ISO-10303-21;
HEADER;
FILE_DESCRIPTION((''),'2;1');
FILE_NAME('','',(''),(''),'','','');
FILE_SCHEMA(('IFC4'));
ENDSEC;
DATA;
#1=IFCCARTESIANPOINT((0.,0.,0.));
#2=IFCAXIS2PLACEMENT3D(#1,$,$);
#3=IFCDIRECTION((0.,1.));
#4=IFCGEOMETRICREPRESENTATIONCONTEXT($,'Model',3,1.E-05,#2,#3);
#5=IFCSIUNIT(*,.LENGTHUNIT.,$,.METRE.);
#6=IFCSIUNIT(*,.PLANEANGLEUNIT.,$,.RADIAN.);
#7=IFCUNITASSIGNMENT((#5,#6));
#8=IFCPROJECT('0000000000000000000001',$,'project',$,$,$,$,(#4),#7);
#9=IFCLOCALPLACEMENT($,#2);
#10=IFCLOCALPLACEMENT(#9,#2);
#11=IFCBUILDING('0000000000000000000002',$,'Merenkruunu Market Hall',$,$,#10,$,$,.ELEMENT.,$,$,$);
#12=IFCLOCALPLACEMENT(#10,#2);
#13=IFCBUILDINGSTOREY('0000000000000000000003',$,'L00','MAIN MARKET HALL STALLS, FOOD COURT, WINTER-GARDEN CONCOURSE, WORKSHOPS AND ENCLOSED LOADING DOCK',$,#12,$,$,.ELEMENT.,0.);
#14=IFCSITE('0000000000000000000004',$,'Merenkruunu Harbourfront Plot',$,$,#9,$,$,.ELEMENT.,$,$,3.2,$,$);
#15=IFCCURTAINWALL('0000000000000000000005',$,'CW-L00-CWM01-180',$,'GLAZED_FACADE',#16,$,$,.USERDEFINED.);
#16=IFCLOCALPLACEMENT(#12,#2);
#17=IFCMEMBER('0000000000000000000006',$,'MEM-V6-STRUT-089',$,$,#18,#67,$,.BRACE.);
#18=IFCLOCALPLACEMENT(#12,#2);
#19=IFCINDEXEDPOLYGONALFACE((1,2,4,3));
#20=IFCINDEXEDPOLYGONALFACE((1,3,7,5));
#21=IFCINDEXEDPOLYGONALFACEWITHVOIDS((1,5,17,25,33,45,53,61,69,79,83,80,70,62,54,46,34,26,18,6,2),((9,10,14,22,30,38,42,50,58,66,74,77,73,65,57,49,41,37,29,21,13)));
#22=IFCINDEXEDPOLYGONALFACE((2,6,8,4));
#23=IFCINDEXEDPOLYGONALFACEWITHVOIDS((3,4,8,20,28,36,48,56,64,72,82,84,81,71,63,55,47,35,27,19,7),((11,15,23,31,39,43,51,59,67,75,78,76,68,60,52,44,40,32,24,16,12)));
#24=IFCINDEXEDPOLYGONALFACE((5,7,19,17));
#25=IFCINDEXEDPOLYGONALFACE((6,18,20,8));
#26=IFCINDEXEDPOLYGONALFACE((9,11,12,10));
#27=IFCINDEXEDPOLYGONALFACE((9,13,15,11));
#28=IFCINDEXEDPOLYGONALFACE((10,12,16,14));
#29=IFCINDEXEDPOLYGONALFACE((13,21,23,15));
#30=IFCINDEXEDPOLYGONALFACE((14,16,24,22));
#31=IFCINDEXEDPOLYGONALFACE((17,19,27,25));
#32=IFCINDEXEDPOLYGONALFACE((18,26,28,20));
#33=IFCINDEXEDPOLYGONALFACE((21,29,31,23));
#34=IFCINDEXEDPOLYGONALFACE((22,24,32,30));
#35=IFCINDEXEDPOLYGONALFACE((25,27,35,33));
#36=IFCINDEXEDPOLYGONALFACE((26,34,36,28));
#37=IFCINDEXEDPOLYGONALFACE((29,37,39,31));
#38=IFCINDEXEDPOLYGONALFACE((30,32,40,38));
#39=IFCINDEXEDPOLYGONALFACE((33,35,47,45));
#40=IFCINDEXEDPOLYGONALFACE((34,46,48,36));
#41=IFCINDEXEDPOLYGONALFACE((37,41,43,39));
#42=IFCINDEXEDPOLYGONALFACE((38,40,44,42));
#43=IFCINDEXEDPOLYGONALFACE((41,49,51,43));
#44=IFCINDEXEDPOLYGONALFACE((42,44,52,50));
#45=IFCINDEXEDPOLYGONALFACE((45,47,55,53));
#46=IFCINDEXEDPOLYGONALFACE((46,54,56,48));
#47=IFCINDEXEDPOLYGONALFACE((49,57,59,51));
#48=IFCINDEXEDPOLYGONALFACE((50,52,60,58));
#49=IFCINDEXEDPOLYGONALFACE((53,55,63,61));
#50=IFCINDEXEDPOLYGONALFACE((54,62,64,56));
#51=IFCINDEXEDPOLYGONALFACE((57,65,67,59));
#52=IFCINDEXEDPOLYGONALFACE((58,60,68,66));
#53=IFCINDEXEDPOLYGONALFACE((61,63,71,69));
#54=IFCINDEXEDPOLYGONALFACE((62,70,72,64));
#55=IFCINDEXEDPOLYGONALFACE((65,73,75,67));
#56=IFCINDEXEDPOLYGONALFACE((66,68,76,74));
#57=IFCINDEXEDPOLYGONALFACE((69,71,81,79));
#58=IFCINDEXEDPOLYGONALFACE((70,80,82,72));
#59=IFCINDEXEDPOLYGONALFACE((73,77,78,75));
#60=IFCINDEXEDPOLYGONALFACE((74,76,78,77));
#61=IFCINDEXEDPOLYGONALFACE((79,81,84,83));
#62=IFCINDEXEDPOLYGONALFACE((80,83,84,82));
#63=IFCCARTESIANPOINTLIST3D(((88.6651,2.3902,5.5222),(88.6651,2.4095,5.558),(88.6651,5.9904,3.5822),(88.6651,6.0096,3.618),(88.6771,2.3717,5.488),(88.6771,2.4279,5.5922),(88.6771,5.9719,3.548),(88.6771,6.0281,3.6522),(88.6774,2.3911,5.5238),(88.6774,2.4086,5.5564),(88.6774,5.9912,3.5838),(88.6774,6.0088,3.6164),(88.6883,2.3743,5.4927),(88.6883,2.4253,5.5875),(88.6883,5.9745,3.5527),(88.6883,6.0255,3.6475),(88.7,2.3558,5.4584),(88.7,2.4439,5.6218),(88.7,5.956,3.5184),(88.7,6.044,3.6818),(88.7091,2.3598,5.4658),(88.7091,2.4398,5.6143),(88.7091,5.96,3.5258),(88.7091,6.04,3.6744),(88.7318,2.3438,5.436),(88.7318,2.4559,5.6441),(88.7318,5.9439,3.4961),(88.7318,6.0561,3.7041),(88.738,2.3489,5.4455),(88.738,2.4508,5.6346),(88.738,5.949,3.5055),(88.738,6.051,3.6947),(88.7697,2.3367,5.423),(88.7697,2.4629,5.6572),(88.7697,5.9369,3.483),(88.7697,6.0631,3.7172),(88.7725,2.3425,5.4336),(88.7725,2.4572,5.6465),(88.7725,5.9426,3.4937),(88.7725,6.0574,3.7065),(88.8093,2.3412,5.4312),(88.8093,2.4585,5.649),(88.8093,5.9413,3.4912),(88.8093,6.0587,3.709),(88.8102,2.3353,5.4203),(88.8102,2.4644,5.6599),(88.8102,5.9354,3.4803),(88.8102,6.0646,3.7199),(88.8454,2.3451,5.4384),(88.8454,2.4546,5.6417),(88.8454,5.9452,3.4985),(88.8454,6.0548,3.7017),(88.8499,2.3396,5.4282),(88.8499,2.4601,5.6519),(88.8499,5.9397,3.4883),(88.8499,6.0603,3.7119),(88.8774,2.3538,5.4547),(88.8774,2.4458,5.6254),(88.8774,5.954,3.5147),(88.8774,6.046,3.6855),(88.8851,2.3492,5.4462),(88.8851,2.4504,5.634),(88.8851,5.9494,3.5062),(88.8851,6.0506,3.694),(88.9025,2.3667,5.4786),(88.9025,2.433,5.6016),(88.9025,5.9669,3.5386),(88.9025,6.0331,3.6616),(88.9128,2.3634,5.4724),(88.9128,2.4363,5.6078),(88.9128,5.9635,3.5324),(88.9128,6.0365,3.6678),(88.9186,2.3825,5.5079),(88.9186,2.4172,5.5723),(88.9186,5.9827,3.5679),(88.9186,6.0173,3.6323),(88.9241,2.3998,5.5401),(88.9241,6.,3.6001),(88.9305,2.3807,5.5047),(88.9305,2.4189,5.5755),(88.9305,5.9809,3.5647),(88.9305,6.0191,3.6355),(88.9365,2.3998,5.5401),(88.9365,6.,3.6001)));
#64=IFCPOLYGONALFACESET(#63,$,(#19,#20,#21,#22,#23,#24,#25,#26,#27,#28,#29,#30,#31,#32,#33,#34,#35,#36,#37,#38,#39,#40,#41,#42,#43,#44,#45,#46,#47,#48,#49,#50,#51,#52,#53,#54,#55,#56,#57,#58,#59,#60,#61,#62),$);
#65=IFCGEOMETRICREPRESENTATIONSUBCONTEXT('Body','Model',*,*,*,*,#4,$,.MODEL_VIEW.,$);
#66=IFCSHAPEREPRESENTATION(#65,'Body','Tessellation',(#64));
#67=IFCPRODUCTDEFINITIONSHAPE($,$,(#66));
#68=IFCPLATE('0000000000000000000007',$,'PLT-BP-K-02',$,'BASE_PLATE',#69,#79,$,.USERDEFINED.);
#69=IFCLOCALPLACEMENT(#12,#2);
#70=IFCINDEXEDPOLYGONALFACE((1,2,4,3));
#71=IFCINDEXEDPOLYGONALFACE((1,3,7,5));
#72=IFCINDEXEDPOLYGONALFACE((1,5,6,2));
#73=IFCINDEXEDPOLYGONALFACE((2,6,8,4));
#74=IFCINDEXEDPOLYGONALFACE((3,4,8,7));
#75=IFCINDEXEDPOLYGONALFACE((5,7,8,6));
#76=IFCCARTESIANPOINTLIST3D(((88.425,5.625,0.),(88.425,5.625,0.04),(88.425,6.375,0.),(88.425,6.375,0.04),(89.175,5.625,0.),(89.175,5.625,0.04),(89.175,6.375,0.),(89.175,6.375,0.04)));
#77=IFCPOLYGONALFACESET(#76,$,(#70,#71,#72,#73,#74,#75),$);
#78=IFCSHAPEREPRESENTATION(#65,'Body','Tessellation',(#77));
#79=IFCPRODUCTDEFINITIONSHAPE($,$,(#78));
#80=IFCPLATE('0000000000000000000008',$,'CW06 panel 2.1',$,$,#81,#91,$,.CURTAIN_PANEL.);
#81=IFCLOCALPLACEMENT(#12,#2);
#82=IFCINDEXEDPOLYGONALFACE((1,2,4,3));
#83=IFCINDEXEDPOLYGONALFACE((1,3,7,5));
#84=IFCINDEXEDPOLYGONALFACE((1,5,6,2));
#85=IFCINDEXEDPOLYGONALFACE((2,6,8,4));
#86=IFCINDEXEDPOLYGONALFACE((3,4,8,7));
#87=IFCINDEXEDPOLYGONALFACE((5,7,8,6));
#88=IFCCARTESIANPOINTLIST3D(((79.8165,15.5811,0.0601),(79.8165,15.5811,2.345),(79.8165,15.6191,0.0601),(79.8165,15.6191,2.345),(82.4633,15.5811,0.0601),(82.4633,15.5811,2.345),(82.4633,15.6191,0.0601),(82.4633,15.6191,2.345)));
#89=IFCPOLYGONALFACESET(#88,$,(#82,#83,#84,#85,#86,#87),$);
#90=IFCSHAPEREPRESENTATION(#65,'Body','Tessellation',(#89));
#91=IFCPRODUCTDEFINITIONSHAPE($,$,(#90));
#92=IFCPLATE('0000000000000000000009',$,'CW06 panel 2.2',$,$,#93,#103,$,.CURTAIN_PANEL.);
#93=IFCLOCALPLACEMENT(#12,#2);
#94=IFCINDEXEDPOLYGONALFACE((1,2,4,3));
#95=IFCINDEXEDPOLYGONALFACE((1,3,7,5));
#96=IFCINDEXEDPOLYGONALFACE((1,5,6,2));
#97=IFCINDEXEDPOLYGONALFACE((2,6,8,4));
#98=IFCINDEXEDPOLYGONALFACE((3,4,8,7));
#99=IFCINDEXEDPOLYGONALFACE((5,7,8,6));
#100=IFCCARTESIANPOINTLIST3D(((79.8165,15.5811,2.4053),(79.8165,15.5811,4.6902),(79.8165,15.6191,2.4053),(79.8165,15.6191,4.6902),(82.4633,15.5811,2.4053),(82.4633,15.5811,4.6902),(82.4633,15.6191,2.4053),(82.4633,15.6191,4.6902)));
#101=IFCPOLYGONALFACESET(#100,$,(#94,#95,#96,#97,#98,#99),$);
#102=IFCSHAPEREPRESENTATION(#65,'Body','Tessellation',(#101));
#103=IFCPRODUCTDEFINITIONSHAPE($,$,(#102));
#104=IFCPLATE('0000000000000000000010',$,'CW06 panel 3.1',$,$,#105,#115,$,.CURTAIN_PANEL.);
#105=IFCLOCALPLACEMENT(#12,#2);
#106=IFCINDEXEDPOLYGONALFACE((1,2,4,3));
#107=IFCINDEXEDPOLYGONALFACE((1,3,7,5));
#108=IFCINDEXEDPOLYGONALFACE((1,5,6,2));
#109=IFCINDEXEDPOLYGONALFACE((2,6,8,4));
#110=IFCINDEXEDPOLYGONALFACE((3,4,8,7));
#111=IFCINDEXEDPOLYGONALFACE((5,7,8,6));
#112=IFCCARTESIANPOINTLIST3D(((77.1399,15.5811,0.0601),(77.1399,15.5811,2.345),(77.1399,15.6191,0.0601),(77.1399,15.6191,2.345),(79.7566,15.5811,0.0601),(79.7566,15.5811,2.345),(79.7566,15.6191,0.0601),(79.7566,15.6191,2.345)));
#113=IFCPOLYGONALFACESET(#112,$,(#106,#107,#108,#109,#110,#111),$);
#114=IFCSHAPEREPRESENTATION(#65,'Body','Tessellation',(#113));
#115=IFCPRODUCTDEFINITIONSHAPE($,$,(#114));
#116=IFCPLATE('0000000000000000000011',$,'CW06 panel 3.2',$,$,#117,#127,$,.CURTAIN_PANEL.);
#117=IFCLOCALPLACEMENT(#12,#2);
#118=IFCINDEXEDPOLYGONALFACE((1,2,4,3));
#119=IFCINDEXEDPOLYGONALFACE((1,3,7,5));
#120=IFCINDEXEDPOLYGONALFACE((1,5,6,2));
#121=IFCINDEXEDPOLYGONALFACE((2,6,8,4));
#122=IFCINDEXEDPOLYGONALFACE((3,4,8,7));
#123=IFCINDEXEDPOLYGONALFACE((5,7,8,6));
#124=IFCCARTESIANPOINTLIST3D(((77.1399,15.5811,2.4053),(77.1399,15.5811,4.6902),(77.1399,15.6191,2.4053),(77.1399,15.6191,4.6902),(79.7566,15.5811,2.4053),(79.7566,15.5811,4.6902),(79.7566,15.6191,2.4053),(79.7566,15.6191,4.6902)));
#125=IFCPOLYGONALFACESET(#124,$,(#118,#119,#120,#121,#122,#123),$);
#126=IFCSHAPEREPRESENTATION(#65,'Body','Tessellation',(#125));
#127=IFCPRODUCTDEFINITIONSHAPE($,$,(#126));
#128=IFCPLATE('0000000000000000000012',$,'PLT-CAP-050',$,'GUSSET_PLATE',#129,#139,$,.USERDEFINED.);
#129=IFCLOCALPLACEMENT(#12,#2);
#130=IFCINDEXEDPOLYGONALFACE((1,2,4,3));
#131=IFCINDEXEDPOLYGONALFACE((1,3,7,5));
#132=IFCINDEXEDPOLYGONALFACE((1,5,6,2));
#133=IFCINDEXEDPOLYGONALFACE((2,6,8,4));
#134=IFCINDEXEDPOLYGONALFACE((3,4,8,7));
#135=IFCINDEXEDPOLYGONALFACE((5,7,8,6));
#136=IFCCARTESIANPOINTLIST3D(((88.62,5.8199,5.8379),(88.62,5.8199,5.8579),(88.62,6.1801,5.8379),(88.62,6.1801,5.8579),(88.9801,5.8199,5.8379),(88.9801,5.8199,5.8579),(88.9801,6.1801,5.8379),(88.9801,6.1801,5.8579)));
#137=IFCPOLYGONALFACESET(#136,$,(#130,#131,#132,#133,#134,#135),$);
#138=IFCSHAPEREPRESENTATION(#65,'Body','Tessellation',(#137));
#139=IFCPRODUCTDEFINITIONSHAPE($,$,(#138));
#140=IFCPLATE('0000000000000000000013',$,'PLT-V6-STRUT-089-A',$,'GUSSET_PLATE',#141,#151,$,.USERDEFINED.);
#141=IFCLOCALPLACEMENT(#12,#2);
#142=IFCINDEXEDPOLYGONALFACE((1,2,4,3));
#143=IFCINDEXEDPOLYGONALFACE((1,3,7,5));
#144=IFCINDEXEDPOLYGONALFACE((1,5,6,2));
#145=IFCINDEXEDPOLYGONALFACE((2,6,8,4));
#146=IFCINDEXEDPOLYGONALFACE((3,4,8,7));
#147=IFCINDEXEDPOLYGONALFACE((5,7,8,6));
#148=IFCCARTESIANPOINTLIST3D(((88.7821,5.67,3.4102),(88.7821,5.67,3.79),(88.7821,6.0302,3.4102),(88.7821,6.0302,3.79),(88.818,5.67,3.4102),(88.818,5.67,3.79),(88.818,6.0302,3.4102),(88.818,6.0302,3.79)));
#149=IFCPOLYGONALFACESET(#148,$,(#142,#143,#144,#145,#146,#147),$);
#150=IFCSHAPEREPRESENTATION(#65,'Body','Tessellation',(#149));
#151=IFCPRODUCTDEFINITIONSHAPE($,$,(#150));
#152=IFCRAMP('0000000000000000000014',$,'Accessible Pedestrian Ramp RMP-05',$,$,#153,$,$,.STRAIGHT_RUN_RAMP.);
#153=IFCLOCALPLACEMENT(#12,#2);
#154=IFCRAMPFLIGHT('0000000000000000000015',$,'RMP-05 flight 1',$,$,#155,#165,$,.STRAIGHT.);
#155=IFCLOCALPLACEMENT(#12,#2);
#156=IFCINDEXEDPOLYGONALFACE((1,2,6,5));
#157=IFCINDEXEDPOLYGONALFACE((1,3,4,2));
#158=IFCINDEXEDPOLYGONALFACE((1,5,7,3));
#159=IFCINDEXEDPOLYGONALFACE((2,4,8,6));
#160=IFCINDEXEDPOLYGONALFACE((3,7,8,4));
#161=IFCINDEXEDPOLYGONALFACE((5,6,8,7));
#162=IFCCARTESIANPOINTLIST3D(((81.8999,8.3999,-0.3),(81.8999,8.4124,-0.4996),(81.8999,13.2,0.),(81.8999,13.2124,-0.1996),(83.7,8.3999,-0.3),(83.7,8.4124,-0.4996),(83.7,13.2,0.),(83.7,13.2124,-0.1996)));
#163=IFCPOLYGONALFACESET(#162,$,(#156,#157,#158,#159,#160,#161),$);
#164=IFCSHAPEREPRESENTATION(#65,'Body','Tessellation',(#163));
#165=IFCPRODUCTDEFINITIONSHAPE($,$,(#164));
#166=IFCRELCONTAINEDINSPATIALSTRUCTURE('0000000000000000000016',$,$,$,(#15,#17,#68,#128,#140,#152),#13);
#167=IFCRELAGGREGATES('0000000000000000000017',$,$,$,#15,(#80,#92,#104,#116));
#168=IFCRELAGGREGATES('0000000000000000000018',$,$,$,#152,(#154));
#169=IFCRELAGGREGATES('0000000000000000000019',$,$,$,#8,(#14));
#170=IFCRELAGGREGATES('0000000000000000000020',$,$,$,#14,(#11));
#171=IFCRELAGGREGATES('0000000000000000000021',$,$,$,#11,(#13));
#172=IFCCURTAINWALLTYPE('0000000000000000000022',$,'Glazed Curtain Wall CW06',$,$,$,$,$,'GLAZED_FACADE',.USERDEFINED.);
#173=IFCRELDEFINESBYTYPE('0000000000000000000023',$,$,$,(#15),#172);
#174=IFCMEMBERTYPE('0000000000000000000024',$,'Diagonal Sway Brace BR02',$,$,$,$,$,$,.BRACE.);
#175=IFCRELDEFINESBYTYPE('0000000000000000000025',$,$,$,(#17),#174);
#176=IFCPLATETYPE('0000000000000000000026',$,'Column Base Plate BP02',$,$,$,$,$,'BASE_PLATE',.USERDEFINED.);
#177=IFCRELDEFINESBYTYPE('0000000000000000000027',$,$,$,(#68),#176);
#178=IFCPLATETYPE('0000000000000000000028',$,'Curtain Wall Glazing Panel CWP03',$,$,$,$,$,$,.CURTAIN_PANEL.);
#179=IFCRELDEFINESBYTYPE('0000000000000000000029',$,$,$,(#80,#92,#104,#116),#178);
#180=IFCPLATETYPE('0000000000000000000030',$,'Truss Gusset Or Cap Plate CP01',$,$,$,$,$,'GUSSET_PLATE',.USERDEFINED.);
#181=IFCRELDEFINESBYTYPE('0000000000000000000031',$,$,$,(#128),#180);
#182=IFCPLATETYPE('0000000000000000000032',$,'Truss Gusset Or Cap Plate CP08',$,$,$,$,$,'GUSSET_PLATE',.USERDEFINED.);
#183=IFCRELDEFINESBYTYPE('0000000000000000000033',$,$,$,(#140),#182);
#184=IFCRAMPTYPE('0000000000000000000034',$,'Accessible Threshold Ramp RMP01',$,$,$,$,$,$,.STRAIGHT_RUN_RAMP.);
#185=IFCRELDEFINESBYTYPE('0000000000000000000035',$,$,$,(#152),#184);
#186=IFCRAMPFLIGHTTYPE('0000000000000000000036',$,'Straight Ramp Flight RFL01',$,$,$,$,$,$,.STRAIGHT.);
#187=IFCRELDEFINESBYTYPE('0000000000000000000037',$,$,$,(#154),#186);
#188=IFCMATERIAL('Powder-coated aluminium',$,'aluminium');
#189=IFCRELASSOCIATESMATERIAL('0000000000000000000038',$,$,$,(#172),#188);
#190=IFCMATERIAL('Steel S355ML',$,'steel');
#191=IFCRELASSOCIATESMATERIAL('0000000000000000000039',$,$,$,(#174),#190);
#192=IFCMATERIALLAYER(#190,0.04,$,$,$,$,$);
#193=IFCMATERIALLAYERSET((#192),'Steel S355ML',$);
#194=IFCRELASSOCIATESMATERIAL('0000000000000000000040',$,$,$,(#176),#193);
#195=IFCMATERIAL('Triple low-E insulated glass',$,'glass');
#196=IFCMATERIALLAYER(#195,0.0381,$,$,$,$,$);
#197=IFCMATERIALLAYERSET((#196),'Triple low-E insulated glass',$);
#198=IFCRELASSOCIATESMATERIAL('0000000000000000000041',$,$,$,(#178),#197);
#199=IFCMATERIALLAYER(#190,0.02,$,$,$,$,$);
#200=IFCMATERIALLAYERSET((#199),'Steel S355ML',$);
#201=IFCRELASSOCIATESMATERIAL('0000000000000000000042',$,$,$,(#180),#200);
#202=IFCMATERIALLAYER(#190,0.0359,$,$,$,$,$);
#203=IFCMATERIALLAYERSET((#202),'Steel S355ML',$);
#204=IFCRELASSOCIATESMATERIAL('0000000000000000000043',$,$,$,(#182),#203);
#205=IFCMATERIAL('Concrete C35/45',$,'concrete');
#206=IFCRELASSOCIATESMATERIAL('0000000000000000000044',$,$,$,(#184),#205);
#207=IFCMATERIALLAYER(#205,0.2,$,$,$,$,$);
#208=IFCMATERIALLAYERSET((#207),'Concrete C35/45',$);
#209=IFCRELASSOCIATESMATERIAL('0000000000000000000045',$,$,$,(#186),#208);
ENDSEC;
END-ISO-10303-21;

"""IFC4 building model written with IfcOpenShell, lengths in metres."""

from ifc_helpers import new_model, si_unit, direction, frame, origin, origin_2d, place, context, subcontext, project, spatial, polyline, rectangle, hollow_circle, outline, extrude, material, layer, layer_set, material_profile, profile_set, type_object, element, aggregate, save


model = new_model("IFC4")

# Units and contexts
model_context = context("Model", 3, precision=1e-05, world=origin(), true_north=direction((0.0, 1.0)))
body_context = subcontext(model_context, "Body", "Model", "MODEL_VIEW")
ifc_project = project(units=[si_unit("LENGTHUNIT", "METRE"), si_unit("PLANEANGLEUNIT", "RADIAN")], contexts=[model_context])

# Site, building, storey
site_placement = place(None, origin())
site = spatial("IfcSite", under=ifc_project, at=site_placement, Name="Merenkruunu Harbourfront Plot", CompositionType="ELEMENT", RefElevation=3.2)
building_placement = place(site_placement, origin())
building = spatial("IfcBuilding", under=site, at=building_placement, Name="Merenkruunu Market Hall", CompositionType="ELEMENT")
storey_placement = place(building_placement, origin())
storey = spatial("IfcBuildingStorey", under=building, at=storey_placement, Name="L00", Description="MAIN MARKET HALL STALLS, FOOD COURT, WINTER-GARDEN CONCOURSE, WORKSHOPS AND ENCLOSED LOADING DOCK", CompositionType="ELEMENT", Elevation=0.0)

# Shared definitions
ifc_material_1 = material(Name="Steel S355ML", Category="steel")

# Curtain wall
ifc_material_2 = material(Name="Powder-coated aluminium", Category="aluminium")
curtain_wall_type = type_object("IfcCurtainWallType", Name="Glazed Curtain Wall CW06", ElementType="GLAZED_FACADE", PredefinedType="USERDEFINED", material=ifc_material_2)
curtain_wall_placement = place(storey_placement, origin())
curtain_wall = element("IfcCurtainWall", 1, at=curtain_wall_placement, inside=storey, type_object=curtain_wall_type, Name="CW-L00-CWM01-180", ObjectType="GLAZED_FACADE", PredefinedType="USERDEFINED")

# Member
ifc_material_profile_1 = material_profile(ifc_material_1, hollow_circle(Radius=0.1365, WallThickness=0.0125, at=origin_2d()), Name="CHS 273x12.5")
ifc_profile_set_1 = profile_set([ifc_material_profile_1], Name="Steel S355ML")
member_type_1 = type_object("IfcMemberType", Name="Diagonal Sway Brace BR02", PredefinedType="BRACE", material=ifc_profile_set_1)
member_1_placement = place(storey_placement, frame((88.8, 6.0, 3.6001), z_axis=(0.0, -0.880325, 0.47437), x_axis=(1.0, 0.0, 0.0)))
element("IfcMember", 2, at=member_1_placement, inside=storey, type_object=member_type_1, Name="MEM-V6-STRUT-089", PredefinedType="BRACE", context=body_context, shape_type="SweptSolid", body=[
    extrude(hollow_circle(Radius=0.1365, WallThickness=0.0125, at=origin_2d()), origin(), (0.0, 0.0, 1.0), 4.0896),
])

# Plates
ifc_layer_1 = layer(ifc_material_1, 0.04)
ifc_layer_set_1 = layer_set([ifc_layer_1], Name="Steel S355ML")
plate_type_1 = type_object("IfcPlateType", Name="Column Base Plate BP02", ElementType="BASE_PLATE", PredefinedType="USERDEFINED", material=ifc_layer_set_1)
plate_1_placement = place(storey_placement, frame((88.8, 6.0, 0.0), z_axis=(0.0, 0.0, 1.0), x_axis=(1.0, 0.0, 0.0)))
element("IfcPlate", 3, at=plate_1_placement, inside=storey, type_object=plate_type_1, Name="PLT-BP-K-02", ObjectType="BASE_PLATE", PredefinedType="USERDEFINED", context=body_context, shape_type="SweptSolid", body=[
    extrude(rectangle(XDim=0.75, YDim=0.75, at=origin_2d()), origin(), (0.0, 0.0, 1.0), 0.04),
])
ifc_material_3 = material(Name="Triple low-E insulated glass", Category="glass")
ifc_layer_2 = layer(ifc_material_3, 0.0381)
ifc_layer_set_2 = layer_set([ifc_layer_2], Name="Triple low-E insulated glass")
plate_type_2 = type_object("IfcPlateType", Name="Curtain Wall Glazing Panel CWP03", PredefinedType="CURTAIN_PANEL", material=ifc_layer_set_2)
plate_2_placement = place(storey_placement, frame((81.1399, 15.6001, 0.0601), z_axis=(0.0, 0.0, 1.0), x_axis=(-1.0, 0.0, 0.0)))
plate_2 = element("IfcPlate", 4, at=plate_2_placement, type_object=plate_type_2, Name="CW06 panel 2.1", PredefinedType="CURTAIN_PANEL", context=body_context, shape_type="SweptSolid", body=[
    extrude(rectangle(XDim=2.6467, YDim=0.0381, at=origin_2d()), origin(), (0.0, 0.0, 1.0), 2.2849),
])
plate_3_placement = place(storey_placement, frame((81.1399, 15.6001, 2.4053), z_axis=(0.0, 0.0, 1.0), x_axis=(-1.0, 0.0, 0.0)))
plate_3 = element("IfcPlate", 5, at=plate_3_placement, type_object=plate_type_2, Name="CW06 panel 2.2", PredefinedType="CURTAIN_PANEL", context=body_context, shape_type="SweptSolid", body=[
    extrude(rectangle(XDim=2.6467, YDim=0.0381, at=origin_2d()), origin(), (0.0, 0.0, 1.0), 2.2849),
])
plate_4_placement = place(storey_placement, frame((78.4482, 15.6001, 0.0601), z_axis=(0.0, 0.0, 1.0), x_axis=(-1.0, 0.0, 0.0)))
plate_4 = element("IfcPlate", 6, at=plate_4_placement, type_object=plate_type_2, Name="CW06 panel 3.1", PredefinedType="CURTAIN_PANEL", context=body_context, shape_type="SweptSolid", body=[
    extrude(rectangle(XDim=2.6167, YDim=0.0381, at=origin_2d()), origin(), (0.0, 0.0, 1.0), 2.2849),
])
plate_5_placement = place(storey_placement, frame((78.4482, 15.6001, 2.4053), z_axis=(0.0, 0.0, 1.0), x_axis=(-1.0, 0.0, 0.0)))
plate_5 = element("IfcPlate", 7, at=plate_5_placement, type_object=plate_type_2, Name="CW06 panel 3.2", PredefinedType="CURTAIN_PANEL", context=body_context, shape_type="SweptSolid", body=[
    extrude(rectangle(XDim=2.6167, YDim=0.0381, at=origin_2d()), origin(), (0.0, 0.0, 1.0), 2.2849),
])
aggregate(curtain_wall, [plate_2, plate_3, plate_4, plate_5])

# Plates
ifc_layer_3 = layer(ifc_material_1, 0.02)
ifc_layer_set_3 = layer_set([ifc_layer_3], Name="Steel S355ML")
plate_type_3 = type_object("IfcPlateType", Name="Truss Gusset Or Cap Plate CP01", ElementType="GUSSET_PLATE", PredefinedType="USERDEFINED", material=ifc_layer_set_3)
plate_6_placement = place(storey_placement, frame((88.8, 6.0, 5.8379), z_axis=(0.0, 0.0, 1.0), x_axis=(1.0, 0.0, 0.0)))
element("IfcPlate", 8, at=plate_6_placement, inside=storey, type_object=plate_type_3, Name="PLT-CAP-050", ObjectType="GUSSET_PLATE", PredefinedType="USERDEFINED", context=body_context, shape_type="SweptSolid", body=[
    extrude(rectangle(XDim=0.3601, YDim=0.3601, at=origin_2d()), origin(), (0.0, 0.0, 1.0), 0.02),
])
ifc_layer_4 = layer(ifc_material_1, 0.0359)
ifc_layer_set_4 = layer_set([ifc_layer_4], Name="Steel S355ML")
plate_type_4 = type_object("IfcPlateType", Name="Truss Gusset Or Cap Plate CP08", ElementType="GUSSET_PLATE", PredefinedType="USERDEFINED", material=ifc_layer_set_4)
plate_7_placement = place(storey_placement, frame((88.8, 5.8501, 3.4102), z_axis=(0.0, 0.0, 1.0), x_axis=(1.0, 0.0, 0.0)))
element("IfcPlate", 9, at=plate_7_placement, inside=storey, type_object=plate_type_4, Name="PLT-V6-STRUT-089-A", ObjectType="GUSSET_PLATE", PredefinedType="USERDEFINED", context=body_context, shape_type="SweptSolid", body=[
    extrude(rectangle(XDim=0.0359, YDim=0.3601, at=origin_2d()), origin(), (0.0, 0.0, 1.0), 0.3799),
])

# Ramp, ramp flight
ifc_material_4 = material(Name="Concrete C35/45", Category="concrete")
ramp_type = type_object("IfcRampType", Name="Accessible Threshold Ramp RMP01", PredefinedType="STRAIGHT_RUN_RAMP", material=ifc_material_4)
ramp_placement = place(storey_placement, origin())
ramp = element("IfcRamp", 10, at=ramp_placement, inside=storey, type_object=ramp_type, Name="Accessible Pedestrian Ramp RMP-05", PredefinedType="STRAIGHT_RUN_RAMP")
ifc_layer_5 = layer(ifc_material_4, 0.2)
ifc_layer_set_5 = layer_set([ifc_layer_5], Name="Concrete C35/45")
ramp_flight_type = type_object("IfcRampFlightType", Name="Straight Ramp Flight RFL01", PredefinedType="STRAIGHT", material=ifc_layer_set_5)
ramp_flight_placement = place(storey_placement, frame((81.8999, 8.3999, -0.3), z_axis=(0.0, -0.062388, 0.998052), x_axis=(1.0, 0.0, 0.0)))
ramp_flight = element("IfcRampFlight", 11, at=ramp_flight_placement, type_object=ramp_flight_type, Name="RMP-05 flight 1", PredefinedType="STRAIGHT", context=body_context, shape_type="SweptSolid", body=[
    extrude(outline(polyline([(0.0, 0.0), (1.8, 0.0), (1.8, 4.8094), (0.0, 4.8094), (0.0, 0.0)])), origin(), (0.0, 0.0, -1.0), 0.2),
])
aggregate(ramp, [ramp_flight])

save(model, "model.ifc")
